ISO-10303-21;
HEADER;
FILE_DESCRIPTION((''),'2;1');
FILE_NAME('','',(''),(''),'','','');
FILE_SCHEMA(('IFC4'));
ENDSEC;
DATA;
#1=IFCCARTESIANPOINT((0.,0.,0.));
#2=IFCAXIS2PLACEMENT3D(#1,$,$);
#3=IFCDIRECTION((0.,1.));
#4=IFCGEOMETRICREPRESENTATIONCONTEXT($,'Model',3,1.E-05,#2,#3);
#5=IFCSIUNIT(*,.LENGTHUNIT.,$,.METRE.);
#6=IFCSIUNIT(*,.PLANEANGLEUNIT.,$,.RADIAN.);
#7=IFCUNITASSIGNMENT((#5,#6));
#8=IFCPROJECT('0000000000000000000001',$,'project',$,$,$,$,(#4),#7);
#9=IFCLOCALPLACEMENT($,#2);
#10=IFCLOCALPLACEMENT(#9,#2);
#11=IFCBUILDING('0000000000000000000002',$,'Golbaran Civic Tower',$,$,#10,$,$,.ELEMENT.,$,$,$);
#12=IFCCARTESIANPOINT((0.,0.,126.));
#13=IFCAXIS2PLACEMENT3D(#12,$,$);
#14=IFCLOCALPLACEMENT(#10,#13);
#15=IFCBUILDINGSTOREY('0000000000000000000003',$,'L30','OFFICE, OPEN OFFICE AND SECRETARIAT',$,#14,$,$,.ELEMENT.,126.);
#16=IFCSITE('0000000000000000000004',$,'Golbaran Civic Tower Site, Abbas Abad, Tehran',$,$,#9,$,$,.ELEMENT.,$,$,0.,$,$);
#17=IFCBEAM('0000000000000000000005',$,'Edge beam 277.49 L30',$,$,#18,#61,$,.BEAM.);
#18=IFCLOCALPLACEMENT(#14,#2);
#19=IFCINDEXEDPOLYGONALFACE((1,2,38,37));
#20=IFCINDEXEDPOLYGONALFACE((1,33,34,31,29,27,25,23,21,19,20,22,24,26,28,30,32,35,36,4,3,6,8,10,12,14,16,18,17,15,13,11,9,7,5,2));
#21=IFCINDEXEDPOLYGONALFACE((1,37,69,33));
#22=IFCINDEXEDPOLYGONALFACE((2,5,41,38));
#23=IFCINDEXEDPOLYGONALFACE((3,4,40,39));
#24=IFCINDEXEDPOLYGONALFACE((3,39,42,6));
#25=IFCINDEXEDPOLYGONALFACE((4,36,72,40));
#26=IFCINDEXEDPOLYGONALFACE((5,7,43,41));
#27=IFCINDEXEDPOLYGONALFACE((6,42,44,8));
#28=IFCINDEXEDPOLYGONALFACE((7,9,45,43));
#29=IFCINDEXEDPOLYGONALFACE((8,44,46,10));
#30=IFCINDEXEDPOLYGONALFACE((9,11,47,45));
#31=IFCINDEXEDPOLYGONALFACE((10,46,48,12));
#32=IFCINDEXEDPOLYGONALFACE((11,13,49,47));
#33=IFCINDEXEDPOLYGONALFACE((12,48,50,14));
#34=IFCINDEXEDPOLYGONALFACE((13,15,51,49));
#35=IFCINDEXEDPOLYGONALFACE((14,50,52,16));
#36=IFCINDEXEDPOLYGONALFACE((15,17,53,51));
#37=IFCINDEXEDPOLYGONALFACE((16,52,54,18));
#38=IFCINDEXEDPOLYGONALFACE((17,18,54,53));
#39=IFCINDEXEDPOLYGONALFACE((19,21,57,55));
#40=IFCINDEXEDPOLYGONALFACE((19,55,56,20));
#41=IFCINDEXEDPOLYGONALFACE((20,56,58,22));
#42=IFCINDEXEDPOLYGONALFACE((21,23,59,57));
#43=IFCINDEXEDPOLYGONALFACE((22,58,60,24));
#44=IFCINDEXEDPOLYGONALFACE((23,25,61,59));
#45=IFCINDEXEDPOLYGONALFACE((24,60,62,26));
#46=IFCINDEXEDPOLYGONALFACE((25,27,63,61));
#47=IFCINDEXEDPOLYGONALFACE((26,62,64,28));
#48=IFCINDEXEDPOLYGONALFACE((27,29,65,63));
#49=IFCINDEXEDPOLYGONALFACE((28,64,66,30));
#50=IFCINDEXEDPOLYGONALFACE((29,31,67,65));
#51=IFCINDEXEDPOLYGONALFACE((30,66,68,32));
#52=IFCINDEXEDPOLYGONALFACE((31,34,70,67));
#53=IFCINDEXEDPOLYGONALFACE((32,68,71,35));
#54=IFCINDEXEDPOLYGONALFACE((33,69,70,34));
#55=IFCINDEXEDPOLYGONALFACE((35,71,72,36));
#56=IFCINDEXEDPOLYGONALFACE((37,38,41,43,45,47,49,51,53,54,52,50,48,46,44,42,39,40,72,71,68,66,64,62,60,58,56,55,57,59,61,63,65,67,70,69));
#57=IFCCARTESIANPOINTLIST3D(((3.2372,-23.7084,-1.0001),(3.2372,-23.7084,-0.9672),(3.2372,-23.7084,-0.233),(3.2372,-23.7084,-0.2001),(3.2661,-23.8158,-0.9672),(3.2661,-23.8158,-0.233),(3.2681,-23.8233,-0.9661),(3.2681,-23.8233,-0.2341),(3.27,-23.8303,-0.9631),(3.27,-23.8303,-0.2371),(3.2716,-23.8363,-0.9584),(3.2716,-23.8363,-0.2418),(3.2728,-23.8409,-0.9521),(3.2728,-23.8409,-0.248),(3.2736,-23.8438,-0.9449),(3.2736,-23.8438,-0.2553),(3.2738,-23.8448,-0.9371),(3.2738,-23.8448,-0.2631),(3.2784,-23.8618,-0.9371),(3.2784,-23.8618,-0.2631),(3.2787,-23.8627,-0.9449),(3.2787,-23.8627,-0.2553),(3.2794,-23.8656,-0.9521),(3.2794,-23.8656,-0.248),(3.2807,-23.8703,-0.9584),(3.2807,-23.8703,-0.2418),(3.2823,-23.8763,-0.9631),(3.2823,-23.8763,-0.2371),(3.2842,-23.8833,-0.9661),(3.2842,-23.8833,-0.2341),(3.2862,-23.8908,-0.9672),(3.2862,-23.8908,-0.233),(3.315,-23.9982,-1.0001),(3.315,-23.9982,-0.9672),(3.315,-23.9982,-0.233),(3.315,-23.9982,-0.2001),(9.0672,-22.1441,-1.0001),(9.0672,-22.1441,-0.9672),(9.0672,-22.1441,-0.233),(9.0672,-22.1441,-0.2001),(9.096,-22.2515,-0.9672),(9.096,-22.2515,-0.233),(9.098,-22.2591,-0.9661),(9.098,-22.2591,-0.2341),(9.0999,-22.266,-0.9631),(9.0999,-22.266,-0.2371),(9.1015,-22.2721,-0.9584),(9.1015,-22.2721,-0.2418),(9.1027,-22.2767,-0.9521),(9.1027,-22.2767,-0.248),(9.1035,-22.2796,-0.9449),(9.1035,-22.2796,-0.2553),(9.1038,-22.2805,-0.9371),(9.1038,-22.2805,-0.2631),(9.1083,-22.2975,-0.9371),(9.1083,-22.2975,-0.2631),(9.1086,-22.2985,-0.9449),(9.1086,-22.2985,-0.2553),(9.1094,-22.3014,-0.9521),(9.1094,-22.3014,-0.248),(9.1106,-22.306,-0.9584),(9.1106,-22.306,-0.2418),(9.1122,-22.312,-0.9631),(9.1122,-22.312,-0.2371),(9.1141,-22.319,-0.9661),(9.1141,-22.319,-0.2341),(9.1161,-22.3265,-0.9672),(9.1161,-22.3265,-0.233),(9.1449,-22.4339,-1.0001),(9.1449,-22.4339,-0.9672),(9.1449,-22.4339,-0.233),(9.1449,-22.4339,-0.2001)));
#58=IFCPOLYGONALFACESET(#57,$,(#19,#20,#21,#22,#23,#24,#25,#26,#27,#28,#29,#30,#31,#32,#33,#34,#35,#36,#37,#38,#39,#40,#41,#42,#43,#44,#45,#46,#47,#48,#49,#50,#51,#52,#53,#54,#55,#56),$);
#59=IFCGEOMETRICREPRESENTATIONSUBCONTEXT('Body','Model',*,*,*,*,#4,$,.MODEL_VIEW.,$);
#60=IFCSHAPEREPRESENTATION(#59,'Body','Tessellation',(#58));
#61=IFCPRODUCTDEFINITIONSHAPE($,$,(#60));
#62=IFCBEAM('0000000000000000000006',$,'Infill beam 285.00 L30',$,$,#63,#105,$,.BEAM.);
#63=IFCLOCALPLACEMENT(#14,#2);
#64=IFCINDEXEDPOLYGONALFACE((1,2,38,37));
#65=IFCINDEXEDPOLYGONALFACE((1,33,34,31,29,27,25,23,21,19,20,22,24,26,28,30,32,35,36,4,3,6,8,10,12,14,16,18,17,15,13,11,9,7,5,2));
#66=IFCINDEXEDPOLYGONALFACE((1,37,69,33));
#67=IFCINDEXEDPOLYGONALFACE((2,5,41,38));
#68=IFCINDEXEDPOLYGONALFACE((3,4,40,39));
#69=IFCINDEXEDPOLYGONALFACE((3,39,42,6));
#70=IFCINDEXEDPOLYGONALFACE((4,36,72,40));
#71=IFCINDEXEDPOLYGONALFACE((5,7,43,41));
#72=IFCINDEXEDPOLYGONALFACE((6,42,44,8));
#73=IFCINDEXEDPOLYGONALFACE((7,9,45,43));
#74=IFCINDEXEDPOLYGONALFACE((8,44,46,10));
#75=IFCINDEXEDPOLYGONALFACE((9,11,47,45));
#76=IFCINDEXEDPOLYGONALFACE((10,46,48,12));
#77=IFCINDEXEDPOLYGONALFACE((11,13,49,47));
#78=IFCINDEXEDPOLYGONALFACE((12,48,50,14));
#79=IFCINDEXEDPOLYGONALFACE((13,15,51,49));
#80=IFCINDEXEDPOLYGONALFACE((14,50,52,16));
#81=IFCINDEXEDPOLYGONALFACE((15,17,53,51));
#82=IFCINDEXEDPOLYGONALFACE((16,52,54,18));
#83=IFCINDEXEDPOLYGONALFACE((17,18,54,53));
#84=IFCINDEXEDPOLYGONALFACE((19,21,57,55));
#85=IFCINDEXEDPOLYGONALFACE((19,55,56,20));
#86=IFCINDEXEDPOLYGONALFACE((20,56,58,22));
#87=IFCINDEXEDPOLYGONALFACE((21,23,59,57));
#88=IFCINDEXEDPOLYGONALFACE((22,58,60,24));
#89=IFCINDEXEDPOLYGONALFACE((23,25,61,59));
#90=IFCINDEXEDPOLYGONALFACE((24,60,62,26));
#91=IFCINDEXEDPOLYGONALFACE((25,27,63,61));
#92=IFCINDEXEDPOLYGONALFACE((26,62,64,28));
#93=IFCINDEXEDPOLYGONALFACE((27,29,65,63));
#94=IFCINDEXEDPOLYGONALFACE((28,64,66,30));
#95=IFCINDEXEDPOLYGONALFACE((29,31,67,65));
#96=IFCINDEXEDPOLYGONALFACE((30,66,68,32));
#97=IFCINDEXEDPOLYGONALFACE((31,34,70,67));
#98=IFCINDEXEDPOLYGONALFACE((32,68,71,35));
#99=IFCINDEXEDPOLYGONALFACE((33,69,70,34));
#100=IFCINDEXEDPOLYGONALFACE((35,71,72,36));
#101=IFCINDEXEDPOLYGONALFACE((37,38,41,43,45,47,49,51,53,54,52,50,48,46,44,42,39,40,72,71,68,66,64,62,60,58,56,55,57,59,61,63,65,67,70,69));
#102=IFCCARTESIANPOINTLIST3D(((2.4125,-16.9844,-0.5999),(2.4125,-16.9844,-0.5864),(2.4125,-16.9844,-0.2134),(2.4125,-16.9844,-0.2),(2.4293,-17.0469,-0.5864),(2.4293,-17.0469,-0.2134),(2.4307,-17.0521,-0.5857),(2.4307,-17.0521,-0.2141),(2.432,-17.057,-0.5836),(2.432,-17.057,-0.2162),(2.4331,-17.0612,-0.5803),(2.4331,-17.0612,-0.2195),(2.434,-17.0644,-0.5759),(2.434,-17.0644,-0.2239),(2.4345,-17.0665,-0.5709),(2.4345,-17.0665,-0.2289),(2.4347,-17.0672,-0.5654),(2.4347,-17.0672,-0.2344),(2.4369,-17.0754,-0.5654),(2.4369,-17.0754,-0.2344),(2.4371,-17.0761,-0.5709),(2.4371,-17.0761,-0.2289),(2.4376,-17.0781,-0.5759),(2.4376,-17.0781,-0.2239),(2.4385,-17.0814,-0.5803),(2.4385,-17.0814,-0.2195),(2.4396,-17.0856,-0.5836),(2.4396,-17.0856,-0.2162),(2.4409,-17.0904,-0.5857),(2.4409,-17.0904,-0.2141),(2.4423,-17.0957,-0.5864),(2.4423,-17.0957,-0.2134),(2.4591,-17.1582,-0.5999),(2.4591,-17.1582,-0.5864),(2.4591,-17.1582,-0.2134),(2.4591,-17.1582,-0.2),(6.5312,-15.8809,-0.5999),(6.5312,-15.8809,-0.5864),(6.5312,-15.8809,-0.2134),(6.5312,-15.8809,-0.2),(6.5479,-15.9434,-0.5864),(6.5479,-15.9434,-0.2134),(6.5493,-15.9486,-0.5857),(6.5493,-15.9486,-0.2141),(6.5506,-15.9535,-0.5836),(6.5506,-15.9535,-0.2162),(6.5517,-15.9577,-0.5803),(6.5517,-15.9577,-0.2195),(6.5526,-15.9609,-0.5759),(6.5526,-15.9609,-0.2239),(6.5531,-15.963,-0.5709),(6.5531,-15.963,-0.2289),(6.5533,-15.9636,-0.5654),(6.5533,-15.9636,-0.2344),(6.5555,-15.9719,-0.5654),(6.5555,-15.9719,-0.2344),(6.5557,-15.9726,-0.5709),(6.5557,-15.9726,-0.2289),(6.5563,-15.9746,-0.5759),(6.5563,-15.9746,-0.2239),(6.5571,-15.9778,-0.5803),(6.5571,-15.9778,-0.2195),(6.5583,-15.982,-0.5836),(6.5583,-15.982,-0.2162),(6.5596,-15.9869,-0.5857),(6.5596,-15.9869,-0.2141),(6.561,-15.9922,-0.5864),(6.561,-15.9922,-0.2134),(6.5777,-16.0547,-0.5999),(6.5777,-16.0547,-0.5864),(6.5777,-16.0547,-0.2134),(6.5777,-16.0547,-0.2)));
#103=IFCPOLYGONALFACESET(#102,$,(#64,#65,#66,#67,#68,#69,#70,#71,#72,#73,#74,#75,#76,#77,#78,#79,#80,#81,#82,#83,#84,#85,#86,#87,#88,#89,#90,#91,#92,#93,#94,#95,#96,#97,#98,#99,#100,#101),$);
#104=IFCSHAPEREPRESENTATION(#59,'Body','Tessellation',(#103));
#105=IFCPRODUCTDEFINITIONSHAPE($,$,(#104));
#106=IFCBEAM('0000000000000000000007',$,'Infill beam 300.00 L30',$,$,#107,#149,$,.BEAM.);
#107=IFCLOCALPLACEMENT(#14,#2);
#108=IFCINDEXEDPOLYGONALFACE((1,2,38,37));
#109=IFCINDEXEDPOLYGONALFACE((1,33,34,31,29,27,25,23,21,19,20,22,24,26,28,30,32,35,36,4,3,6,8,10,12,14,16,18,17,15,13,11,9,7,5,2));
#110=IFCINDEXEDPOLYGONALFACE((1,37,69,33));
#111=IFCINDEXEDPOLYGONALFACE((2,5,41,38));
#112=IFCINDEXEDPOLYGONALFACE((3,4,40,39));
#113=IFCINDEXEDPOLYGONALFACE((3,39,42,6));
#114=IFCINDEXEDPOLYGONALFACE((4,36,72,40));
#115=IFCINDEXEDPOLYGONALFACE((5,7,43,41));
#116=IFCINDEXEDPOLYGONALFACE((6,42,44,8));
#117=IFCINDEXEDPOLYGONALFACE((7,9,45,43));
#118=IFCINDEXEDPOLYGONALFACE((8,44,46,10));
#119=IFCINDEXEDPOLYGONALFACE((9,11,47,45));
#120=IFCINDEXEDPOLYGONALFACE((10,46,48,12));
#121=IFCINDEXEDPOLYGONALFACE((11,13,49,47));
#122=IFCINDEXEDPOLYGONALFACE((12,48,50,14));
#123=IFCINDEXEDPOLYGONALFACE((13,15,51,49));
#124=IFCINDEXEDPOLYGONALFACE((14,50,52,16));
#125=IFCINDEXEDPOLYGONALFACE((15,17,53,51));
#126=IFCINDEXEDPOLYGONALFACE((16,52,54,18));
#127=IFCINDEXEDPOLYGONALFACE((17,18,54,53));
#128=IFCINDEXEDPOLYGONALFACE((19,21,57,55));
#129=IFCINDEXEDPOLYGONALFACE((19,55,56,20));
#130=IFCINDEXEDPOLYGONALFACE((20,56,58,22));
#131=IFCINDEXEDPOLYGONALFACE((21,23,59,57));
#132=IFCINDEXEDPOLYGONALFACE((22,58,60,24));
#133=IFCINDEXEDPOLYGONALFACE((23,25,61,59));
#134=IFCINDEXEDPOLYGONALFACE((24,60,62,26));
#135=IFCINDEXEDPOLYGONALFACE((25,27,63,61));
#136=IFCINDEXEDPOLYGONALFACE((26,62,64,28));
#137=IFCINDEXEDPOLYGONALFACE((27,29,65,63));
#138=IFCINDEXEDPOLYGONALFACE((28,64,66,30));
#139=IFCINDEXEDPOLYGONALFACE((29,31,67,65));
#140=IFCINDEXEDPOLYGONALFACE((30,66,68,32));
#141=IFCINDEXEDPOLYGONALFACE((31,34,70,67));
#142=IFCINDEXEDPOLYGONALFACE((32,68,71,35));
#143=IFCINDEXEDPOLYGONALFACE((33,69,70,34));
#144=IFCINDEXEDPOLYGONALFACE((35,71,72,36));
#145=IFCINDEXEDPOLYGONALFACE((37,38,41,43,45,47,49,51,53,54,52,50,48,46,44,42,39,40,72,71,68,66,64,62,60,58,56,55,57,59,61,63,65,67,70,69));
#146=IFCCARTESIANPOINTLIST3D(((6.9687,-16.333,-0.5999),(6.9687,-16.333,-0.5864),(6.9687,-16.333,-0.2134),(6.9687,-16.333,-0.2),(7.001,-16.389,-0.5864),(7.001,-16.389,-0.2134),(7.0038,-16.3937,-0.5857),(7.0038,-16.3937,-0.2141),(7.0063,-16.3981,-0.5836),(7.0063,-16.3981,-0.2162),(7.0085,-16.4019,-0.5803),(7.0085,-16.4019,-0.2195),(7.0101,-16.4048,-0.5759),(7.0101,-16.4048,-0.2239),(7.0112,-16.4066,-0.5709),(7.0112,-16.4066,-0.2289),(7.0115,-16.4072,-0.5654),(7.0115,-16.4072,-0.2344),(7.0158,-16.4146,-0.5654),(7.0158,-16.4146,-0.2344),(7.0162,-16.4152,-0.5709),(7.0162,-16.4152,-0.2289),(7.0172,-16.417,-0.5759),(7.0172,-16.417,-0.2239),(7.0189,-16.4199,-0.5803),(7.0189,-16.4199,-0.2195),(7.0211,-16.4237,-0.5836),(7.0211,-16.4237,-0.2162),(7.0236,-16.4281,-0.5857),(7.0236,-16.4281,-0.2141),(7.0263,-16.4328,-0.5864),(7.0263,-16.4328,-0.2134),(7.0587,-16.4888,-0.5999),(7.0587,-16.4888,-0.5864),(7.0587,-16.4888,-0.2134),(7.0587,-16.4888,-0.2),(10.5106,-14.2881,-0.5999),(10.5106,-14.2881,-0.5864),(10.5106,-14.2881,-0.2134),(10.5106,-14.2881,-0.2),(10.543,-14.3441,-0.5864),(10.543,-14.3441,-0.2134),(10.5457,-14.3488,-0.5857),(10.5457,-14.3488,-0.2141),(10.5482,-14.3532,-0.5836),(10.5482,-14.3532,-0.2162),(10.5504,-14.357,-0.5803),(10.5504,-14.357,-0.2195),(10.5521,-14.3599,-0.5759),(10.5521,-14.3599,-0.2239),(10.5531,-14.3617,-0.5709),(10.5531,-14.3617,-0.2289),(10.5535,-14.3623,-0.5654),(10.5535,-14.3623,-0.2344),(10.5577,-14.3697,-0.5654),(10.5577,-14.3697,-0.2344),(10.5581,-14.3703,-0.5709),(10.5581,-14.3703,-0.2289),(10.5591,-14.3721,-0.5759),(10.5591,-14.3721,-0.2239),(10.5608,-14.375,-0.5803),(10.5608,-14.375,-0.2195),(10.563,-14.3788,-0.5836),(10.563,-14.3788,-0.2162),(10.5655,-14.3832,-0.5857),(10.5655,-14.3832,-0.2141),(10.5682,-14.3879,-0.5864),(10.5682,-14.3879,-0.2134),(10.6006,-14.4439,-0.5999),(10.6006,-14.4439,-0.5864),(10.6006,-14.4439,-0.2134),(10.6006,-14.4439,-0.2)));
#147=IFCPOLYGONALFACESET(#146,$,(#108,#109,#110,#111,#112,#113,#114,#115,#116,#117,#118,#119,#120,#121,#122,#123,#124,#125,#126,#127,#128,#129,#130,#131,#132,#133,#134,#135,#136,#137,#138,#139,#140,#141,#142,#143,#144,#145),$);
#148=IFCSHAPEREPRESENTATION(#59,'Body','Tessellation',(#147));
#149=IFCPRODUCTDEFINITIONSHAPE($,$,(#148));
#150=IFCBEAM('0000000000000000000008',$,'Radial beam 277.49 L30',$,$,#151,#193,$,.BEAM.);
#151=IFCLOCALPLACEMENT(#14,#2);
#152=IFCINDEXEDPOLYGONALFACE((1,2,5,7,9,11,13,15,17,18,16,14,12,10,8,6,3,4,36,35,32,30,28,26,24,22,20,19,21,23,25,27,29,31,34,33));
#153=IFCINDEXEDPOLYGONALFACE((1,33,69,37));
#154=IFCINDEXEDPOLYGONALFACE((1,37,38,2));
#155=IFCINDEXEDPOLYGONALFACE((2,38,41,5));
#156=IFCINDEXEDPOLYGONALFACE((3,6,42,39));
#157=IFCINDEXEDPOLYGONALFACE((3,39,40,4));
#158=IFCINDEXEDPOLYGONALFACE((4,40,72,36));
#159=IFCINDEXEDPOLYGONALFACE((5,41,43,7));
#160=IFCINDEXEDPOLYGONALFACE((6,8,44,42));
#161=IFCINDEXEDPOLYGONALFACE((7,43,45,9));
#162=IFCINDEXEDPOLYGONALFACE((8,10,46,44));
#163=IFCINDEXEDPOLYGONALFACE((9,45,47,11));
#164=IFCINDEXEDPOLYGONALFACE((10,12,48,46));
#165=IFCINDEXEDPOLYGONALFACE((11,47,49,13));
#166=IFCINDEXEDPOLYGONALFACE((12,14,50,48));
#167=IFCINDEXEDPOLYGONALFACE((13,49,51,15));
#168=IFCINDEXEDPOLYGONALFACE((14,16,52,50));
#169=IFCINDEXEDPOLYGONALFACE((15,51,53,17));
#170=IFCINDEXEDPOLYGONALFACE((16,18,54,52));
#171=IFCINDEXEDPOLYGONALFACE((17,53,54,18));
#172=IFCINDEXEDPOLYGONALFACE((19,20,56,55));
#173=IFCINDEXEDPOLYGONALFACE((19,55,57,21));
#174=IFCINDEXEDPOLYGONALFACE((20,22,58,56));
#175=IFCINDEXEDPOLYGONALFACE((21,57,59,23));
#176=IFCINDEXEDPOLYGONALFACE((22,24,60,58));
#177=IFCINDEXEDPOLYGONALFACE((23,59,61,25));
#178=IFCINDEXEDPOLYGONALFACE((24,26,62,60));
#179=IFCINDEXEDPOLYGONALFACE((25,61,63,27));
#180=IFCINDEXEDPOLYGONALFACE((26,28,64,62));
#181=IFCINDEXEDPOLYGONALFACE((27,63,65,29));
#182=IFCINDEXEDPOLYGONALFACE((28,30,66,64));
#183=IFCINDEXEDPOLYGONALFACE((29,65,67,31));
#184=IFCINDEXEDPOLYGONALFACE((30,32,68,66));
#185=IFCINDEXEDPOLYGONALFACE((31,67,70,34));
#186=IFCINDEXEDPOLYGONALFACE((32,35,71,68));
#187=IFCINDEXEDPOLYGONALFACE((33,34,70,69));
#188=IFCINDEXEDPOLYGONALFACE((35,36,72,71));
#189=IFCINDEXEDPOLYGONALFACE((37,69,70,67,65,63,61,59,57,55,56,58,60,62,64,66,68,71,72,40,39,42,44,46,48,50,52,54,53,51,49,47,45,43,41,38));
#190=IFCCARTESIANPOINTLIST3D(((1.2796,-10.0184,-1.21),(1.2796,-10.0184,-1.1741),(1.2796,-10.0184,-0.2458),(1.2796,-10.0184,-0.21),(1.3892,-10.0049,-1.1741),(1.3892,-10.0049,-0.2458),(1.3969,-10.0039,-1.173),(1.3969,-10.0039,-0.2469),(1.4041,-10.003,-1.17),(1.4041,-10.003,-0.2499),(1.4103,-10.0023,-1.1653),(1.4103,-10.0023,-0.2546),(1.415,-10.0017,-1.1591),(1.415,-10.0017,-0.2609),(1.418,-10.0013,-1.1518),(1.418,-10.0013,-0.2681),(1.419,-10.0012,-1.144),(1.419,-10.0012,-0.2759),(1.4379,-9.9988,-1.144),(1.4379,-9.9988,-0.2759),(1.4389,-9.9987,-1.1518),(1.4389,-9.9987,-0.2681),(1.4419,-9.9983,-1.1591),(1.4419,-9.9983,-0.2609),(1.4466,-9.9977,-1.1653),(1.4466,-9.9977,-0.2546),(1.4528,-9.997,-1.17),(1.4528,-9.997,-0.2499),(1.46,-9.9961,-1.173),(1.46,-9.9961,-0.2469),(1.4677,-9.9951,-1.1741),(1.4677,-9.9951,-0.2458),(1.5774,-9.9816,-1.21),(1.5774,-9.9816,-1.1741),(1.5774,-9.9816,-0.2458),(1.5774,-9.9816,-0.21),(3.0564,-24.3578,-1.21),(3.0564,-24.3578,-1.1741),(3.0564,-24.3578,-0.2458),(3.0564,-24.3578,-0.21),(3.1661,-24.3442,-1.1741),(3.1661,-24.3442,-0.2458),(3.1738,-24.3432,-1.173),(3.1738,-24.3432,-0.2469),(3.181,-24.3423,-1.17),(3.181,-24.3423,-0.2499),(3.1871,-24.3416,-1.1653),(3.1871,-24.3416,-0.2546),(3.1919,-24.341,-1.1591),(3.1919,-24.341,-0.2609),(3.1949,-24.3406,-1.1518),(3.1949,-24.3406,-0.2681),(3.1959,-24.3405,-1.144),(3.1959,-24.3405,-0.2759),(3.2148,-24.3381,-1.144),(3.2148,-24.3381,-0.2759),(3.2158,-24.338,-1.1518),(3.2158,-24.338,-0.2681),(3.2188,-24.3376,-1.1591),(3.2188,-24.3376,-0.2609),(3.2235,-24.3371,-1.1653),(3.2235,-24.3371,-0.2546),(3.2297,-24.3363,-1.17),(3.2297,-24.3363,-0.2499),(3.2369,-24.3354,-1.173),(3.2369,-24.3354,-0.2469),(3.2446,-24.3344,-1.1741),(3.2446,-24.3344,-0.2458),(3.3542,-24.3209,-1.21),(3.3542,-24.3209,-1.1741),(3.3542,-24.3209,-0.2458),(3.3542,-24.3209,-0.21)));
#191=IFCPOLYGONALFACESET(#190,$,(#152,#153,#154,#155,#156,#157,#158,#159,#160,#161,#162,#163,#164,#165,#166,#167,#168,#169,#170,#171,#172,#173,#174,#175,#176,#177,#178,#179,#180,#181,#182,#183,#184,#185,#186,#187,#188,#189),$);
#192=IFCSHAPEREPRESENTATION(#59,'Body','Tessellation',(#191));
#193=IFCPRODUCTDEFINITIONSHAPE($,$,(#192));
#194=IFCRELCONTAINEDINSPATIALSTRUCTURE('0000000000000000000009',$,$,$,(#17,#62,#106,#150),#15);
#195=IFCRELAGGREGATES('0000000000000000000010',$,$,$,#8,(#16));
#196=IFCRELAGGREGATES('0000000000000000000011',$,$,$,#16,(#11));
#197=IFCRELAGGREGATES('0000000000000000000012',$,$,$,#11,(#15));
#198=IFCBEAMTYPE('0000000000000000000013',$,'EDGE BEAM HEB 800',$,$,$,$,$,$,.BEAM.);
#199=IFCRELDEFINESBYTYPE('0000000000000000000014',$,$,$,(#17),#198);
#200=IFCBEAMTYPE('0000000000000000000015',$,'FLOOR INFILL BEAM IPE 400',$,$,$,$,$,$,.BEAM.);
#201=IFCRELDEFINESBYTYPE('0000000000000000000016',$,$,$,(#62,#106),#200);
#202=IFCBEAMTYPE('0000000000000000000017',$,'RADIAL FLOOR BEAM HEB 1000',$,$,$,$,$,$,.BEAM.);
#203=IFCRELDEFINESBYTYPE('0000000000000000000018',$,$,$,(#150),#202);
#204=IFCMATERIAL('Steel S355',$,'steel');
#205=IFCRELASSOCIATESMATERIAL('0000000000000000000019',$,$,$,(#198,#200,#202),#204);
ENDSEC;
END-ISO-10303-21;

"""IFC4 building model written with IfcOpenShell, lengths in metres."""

from ifc_helpers import new_model, si_unit, direction, frame, origin, origin_2d, place, context, subcontext, project, spatial, i_section, extrude, material, material_profile, profile_set, type_object, element, save


model = new_model("IFC4")

# Units and contexts
model_context = context("Model", 3, precision=1e-05, world=origin(), true_north=direction((0.0, 1.0)))
body_context = subcontext(model_context, "Body", "Model", "MODEL_VIEW")
ifc_project = project(units=[si_unit("LENGTHUNIT", "METRE"), si_unit("PLANEANGLEUNIT", "RADIAN")], contexts=[model_context])

# Site, building, storey
site_placement = place(None, origin())
site = spatial("IfcSite", under=ifc_project, at=site_placement, Name="Golbaran Civic Tower Site, Abbas Abad, Tehran", CompositionType="ELEMENT", RefElevation=0.0)
building_placement = place(site_placement, origin())
building = spatial("IfcBuilding", under=site, at=building_placement, Name="Golbaran Civic Tower", CompositionType="ELEMENT")
storey_placement = place(building_placement, frame((0.0, 0.0, 126.0)))
storey = spatial("IfcBuildingStorey", under=building, at=storey_placement, Name="L30", Description="OFFICE, OPEN OFFICE AND SECRETARIAT", CompositionType="ELEMENT", Elevation=126.0)

# Beams
ifc_material_1 = material(Name="Steel S355", Category="steel")
ifc_material_profile_1 = material_profile(ifc_material_1, i_section(OverallWidth=0.3, OverallDepth=0.8, WebThickness=0.0176, FlangeThickness=0.033, FilletRadius=0.03, at=origin_2d()), Name="HEB 800")
ifc_profile_set_1 = profile_set([ifc_material_profile_1], Name="Steel S355")
beam_type_1 = type_object("IfcBeamType", Name="EDGE BEAM HEB 800", PredefinedType="BEAM", material=ifc_profile_set_1)
beam_1_placement = place(storey_placement, frame((3.2761, -23.8533, -0.6001), z_axis=(0.965838, 0.259145, 0.0), x_axis=(-0.259145, 0.965838, 0.0)))
element("IfcBeam", 1, at=beam_1_placement, inside=storey, type_object=beam_type_1, Name="Edge beam 277.49 L30", PredefinedType="BEAM", context=body_context, shape_type="SweptSolid", body=[
    extrude(i_section(OverallWidth=0.3, OverallDepth=0.8, WebThickness=0.0176, FlangeThickness=0.033, FilletRadius=0.03, at=origin_2d()), origin(), (0.0, 0.0, 1.0), 6.0361),
])
ifc_material_profile_2 = material_profile(ifc_material_1, i_section(OverallWidth=0.1799, OverallDepth=0.3999, WebThickness=0.0085, FlangeThickness=0.0134, FilletRadius=0.021, at=origin_2d()), Name="IPE 400")
ifc_profile_set_2 = profile_set([ifc_material_profile_2], Name="Steel S355")
beam_type_2 = type_object("IfcBeamType", Name="FLOOR INFILL BEAM IPE 400", PredefinedType="BEAM", material=ifc_profile_set_2)
beam_2_placement = place(storey_placement, frame((2.4358, -17.0713, -0.3999), z_axis=(0.96593, 0.258803, 0.0), x_axis=(-0.258803, 0.96593, 0.0)))
element("IfcBeam", 2, at=beam_2_placement, inside=storey, type_object=beam_type_2, Name="Infill beam 285.00 L30", PredefinedType="BEAM", context=body_context, shape_type="SweptSolid", body=[
    extrude(i_section(OverallWidth=0.1799, OverallDepth=0.3999, WebThickness=0.0085, FlangeThickness=0.0134, FilletRadius=0.021, at=origin_2d()), origin(), (0.0, 0.0, 1.0), 4.2639),
])
beam_3_placement = place(storey_placement, frame((7.0137, -16.4109, -0.3999), z_axis=(0.866031, 0.499991, 0.0), x_axis=(-0.499991, 0.866031, 0.0)))
element("IfcBeam", 3, at=beam_3_placement, inside=storey, type_object=beam_type_2, Name="Infill beam 300.00 L30", PredefinedType="BEAM", context=body_context, shape_type="SweptSolid", body=[
    extrude(i_section(OverallWidth=0.1799, OverallDepth=0.3999, WebThickness=0.0085, FlangeThickness=0.0134, FilletRadius=0.021, at=origin_2d()), origin(), (0.0, 0.0, 1.0), 4.0898),
])
ifc_material_profile_3 = material_profile(ifc_material_1, i_section(OverallWidth=0.3, OverallDepth=1.0, WebThickness=0.019, FlangeThickness=0.0359, FilletRadius=0.03, at=origin_2d()), Name="HEB 1000")
ifc_profile_set_3 = profile_set([ifc_material_profile_3], Name="Steel S355")
beam_type_3 = type_object("IfcBeamType", Name="RADIAL FLOOR BEAM HEB 1000", PredefinedType="BEAM", material=ifc_profile_set_3)
beam_4_placement = place(storey_placement, frame((1.4285, -10.0, -0.71), z_axis=(0.122974, -0.99241, 0.0), x_axis=(0.99241, 0.122974, 0.0)))
element("IfcBeam", 4, at=beam_4_placement, inside=storey, type_object=beam_type_3, Name="Radial beam 277.49 L30", PredefinedType="BEAM", context=body_context, shape_type="SweptSolid", body=[
    extrude(i_section(OverallWidth=0.3, OverallDepth=1.0, WebThickness=0.019, FlangeThickness=0.0359, FilletRadius=0.03, at=origin_2d()), origin(), (0.0, 0.0, 1.0), 14.449),
])

save(model, "model.ifc")
